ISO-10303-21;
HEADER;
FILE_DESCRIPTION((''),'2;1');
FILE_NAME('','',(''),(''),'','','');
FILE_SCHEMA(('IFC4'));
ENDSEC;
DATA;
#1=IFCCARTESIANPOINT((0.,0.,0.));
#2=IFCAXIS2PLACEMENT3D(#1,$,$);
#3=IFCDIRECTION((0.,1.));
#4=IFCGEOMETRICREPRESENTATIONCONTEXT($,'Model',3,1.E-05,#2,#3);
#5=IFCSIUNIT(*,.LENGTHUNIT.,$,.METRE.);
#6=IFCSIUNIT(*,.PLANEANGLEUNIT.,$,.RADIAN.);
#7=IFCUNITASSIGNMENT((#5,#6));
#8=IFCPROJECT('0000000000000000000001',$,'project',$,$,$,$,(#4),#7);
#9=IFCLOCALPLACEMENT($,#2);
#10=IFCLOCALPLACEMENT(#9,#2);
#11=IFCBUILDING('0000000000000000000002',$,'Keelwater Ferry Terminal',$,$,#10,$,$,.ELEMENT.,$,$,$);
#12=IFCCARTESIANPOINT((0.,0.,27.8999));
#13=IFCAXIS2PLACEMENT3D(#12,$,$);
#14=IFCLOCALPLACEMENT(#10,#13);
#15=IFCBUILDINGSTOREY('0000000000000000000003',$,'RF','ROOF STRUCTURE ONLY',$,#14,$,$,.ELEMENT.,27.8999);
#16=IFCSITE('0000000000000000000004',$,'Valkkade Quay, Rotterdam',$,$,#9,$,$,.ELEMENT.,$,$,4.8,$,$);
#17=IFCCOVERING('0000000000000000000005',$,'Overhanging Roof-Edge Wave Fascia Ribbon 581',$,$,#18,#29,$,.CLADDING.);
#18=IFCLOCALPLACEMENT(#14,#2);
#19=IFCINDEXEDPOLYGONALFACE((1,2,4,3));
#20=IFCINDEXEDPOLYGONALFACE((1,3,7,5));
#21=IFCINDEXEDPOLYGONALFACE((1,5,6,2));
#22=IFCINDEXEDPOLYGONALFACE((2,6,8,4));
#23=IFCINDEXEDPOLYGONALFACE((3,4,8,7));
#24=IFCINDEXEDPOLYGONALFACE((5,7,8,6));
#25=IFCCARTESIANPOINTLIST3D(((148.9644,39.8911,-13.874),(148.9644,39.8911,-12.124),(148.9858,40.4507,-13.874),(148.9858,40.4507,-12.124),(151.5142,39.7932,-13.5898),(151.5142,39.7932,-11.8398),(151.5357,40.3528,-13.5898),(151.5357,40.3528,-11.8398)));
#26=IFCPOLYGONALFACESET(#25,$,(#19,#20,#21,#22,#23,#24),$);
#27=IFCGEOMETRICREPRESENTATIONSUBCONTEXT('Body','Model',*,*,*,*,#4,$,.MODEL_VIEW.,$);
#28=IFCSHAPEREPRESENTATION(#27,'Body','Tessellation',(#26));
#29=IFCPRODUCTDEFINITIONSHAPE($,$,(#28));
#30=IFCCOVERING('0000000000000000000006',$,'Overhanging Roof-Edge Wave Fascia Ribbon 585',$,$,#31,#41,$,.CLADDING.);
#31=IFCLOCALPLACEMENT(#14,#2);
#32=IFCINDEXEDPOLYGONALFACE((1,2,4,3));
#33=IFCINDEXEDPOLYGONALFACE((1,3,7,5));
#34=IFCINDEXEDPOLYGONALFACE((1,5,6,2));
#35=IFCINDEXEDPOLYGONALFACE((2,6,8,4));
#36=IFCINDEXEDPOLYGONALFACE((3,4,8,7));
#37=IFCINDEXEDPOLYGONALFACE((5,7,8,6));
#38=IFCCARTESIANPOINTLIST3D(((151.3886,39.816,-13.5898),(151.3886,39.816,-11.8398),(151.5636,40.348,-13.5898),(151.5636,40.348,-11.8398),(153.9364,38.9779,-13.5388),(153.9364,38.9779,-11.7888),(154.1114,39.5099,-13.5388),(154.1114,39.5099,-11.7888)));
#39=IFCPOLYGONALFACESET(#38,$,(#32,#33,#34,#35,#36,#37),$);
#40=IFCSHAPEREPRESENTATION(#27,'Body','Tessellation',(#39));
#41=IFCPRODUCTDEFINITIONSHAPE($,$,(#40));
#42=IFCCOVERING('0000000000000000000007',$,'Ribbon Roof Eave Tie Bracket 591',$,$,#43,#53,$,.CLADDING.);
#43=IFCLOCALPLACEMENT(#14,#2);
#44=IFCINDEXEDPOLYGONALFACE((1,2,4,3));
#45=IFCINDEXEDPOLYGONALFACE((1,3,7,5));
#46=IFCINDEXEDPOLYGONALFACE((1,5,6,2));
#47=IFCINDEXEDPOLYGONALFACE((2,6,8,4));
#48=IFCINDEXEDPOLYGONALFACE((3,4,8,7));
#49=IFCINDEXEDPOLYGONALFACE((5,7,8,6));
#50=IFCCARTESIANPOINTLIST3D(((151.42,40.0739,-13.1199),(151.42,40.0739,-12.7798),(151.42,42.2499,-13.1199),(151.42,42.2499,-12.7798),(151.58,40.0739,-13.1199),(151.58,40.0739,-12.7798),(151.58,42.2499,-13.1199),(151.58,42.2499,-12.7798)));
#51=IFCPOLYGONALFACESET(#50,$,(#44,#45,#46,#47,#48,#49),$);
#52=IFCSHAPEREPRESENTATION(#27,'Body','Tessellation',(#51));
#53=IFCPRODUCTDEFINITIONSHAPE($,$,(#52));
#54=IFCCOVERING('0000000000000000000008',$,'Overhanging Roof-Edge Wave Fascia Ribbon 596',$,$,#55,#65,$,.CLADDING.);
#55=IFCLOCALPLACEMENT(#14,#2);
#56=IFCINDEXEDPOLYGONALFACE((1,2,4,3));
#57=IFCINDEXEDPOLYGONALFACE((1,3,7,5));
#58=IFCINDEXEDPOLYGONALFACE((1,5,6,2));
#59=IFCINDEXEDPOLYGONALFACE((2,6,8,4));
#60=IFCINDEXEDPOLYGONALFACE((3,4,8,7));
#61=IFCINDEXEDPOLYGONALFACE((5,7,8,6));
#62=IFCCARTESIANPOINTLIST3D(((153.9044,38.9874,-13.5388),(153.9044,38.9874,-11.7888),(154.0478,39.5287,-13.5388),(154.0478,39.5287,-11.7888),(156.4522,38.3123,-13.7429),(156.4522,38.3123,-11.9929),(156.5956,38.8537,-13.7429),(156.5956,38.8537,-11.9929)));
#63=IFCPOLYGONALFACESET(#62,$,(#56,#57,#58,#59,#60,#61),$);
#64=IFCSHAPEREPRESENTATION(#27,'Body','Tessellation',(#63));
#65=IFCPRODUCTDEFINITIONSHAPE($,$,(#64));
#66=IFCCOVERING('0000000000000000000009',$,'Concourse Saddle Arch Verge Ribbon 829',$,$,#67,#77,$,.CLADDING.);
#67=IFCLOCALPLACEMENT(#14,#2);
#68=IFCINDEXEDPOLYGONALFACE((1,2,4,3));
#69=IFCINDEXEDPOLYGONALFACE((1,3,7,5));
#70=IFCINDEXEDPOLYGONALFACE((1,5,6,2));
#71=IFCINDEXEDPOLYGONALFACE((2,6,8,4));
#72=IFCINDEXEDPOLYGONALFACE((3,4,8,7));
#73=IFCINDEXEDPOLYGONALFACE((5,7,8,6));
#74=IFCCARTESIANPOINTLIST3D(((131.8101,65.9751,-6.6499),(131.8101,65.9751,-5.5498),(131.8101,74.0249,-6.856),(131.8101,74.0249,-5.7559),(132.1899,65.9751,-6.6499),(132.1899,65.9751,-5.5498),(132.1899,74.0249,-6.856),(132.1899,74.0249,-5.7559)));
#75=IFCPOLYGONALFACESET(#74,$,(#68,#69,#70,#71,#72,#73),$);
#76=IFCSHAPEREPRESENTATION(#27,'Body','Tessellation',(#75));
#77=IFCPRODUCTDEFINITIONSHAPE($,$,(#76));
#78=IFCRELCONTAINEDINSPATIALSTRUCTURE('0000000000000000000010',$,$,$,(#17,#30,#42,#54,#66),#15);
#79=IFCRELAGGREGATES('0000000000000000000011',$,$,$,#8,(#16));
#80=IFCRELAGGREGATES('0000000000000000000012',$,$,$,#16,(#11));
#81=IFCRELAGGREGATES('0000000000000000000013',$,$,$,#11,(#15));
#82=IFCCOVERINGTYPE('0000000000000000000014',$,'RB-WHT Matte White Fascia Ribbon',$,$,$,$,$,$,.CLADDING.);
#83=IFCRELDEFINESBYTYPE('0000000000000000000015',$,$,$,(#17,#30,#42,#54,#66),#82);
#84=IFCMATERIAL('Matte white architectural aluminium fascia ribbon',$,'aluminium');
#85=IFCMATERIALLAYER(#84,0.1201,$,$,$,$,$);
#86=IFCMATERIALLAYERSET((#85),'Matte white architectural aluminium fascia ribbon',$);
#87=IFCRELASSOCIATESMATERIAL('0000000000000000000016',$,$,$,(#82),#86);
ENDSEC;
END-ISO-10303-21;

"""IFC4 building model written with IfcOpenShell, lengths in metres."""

from ifc_helpers import new_model, si_unit, direction, frame, frame_2d, origin, place, context, subcontext, project, spatial, polyline, rectangle, outline, extrude, material, layer, layer_set, type_object, element, save


model = new_model("IFC4")

# Units and contexts
model_context = context("Model", 3, precision=1e-05, world=origin(), true_north=direction((0.0, 1.0)))
body_context = subcontext(model_context, "Body", "Model", "MODEL_VIEW")
ifc_project = project(units=[si_unit("LENGTHUNIT", "METRE"), si_unit("PLANEANGLEUNIT", "RADIAN")], contexts=[model_context])

# Site, building, storey
site_placement = place(None, origin())
site = spatial("IfcSite", under=ifc_project, at=site_placement, Name="Valkkade Quay, Rotterdam", CompositionType="ELEMENT", RefElevation=4.8)
building_placement = place(site_placement, origin())
building = spatial("IfcBuilding", under=site, at=building_placement, Name="Keelwater Ferry Terminal", CompositionType="ELEMENT")
storey_placement = place(building_placement, frame((0.0, 0.0, 27.8999)))
storey = spatial("IfcBuildingStorey", under=building, at=storey_placement, Name="RF", Description="ROOF STRUCTURE ONLY", CompositionType="ELEMENT", Elevation=27.8999)

# Coverings
ifc_material_1 = material(Name="Matte white architectural aluminium fascia ribbon", Category="aluminium")
ifc_layer_1 = layer(ifc_material_1, 0.1201)
ifc_layer_set_1 = layer_set([ifc_layer_1], Name="Matte white architectural aluminium fascia ribbon")
covering_type = type_object("IfcCoveringType", Name="RB-WHT Matte White Fascia Ribbon", PredefinedType="CLADDING", material=ifc_layer_set_1)
covering_1_placement = place(storey_placement, frame((148.9751, 40.1709, -13.874), z_axis=(0.0, 0.0, 1.0), x_axis=(0.999264, -0.038367, 0.0)))
element("IfcCovering", 1, at=covering_1_placement, inside=storey, type_object=covering_type, Name="Overhanging Roof-Edge Wave Fascia Ribbon 581", PredefinedType="CLADDING", context=body_context, shape_type="SweptSolid", body=[
    extrude(outline(polyline([(0.0, 0.0), (2.5518, 0.2842), (2.5518, 2.0342), (0.0, 1.75), (0.0, 0.0)])), frame((0.0, 0.28, 0.0), z_axis=(0.0, -1.0, 0.0), x_axis=(1.0, 0.0, 0.0)), (0.0, 0.0, 1.0), 0.5601),
])
covering_2_placement = place(storey_placement, frame((151.4761, 40.082, -13.5898), z_axis=(0.0, 0.0, 1.0), x_axis=(0.949923, -0.312484, 0.0)))
element("IfcCovering", 2, at=covering_2_placement, inside=storey, type_object=covering_type, Name="Overhanging Roof-Edge Wave Fascia Ribbon 585", PredefinedType="CLADDING", context=body_context, shape_type="SweptSolid", body=[
    extrude(outline(polyline([(0.0, 0.0), (2.6821, 0.051), (2.6821, 1.801), (0.0, 1.75), (0.0, 0.0)])), frame((0.0, 0.28, 0.0), z_axis=(0.0, -1.0, 0.0), x_axis=(1.0, 0.0, 0.0)), (0.0, 0.0, 1.0), 0.5601),
])
covering_3_placement = place(storey_placement, frame((151.5, 40.074, -13.1199), z_axis=(0.0, 0.0, 1.0), x_axis=(0.0, 1.0, 0.0)))
element("IfcCovering", 3, at=covering_3_placement, inside=storey, type_object=covering_type, Name="Ribbon Roof Eave Tie Bracket 591", PredefinedType="CLADDING", context=body_context, shape_type="SweptSolid", body=[
    extrude(rectangle(XDim=2.176, YDim=0.1599, at=frame_2d((1.0879, 0.0))), origin(), (0.0, 0.0, 1.0), 0.3401),
])
covering_4_placement = place(storey_placement, frame((153.9761, 39.2581, -13.7429), z_axis=(0.0, 0.0, 1.0), x_axis=(0.966647, -0.256112, 0.0)))
element("IfcCovering", 4, at=covering_4_placement, inside=storey, type_object=covering_type, Name="Overhanging Roof-Edge Wave Fascia Ribbon 596", PredefinedType="CLADDING", context=body_context, shape_type="SweptSolid", body=[
    extrude(outline(polyline([(0.0, 0.2041), (2.6357, 0.0), (2.6357, 1.75), (0.0, 1.9541), (0.0, 0.2041)])), frame((0.0, 0.28, 0.0), z_axis=(0.0, -1.0, 0.0), x_axis=(1.0, 0.0, 0.0)), (0.0, 0.0, 1.0), 0.5601),
])
covering_5_placement = place(storey_placement, frame((132.0, 65.9751, -6.856), z_axis=(0.0, 0.0, 1.0), x_axis=(0.0, 1.0, 0.0)))
element("IfcCovering", 5, at=covering_5_placement, inside=storey, type_object=covering_type, Name="Concourse Saddle Arch Verge Ribbon 829", PredefinedType="CLADDING", context=body_context, shape_type="SweptSolid", body=[
    extrude(outline(polyline([(0.0, 0.2061), (8.0498, 0.0), (8.0498, 1.1001), (0.0, 1.3062), (0.0, 0.2061)])), frame((0.0, 0.1899, 0.0), z_axis=(0.0, -1.0, 0.0), x_axis=(1.0, 0.0, 0.0)), (0.0, 0.0, 1.0), 0.3799),
])

save(model, "model.ifc")
